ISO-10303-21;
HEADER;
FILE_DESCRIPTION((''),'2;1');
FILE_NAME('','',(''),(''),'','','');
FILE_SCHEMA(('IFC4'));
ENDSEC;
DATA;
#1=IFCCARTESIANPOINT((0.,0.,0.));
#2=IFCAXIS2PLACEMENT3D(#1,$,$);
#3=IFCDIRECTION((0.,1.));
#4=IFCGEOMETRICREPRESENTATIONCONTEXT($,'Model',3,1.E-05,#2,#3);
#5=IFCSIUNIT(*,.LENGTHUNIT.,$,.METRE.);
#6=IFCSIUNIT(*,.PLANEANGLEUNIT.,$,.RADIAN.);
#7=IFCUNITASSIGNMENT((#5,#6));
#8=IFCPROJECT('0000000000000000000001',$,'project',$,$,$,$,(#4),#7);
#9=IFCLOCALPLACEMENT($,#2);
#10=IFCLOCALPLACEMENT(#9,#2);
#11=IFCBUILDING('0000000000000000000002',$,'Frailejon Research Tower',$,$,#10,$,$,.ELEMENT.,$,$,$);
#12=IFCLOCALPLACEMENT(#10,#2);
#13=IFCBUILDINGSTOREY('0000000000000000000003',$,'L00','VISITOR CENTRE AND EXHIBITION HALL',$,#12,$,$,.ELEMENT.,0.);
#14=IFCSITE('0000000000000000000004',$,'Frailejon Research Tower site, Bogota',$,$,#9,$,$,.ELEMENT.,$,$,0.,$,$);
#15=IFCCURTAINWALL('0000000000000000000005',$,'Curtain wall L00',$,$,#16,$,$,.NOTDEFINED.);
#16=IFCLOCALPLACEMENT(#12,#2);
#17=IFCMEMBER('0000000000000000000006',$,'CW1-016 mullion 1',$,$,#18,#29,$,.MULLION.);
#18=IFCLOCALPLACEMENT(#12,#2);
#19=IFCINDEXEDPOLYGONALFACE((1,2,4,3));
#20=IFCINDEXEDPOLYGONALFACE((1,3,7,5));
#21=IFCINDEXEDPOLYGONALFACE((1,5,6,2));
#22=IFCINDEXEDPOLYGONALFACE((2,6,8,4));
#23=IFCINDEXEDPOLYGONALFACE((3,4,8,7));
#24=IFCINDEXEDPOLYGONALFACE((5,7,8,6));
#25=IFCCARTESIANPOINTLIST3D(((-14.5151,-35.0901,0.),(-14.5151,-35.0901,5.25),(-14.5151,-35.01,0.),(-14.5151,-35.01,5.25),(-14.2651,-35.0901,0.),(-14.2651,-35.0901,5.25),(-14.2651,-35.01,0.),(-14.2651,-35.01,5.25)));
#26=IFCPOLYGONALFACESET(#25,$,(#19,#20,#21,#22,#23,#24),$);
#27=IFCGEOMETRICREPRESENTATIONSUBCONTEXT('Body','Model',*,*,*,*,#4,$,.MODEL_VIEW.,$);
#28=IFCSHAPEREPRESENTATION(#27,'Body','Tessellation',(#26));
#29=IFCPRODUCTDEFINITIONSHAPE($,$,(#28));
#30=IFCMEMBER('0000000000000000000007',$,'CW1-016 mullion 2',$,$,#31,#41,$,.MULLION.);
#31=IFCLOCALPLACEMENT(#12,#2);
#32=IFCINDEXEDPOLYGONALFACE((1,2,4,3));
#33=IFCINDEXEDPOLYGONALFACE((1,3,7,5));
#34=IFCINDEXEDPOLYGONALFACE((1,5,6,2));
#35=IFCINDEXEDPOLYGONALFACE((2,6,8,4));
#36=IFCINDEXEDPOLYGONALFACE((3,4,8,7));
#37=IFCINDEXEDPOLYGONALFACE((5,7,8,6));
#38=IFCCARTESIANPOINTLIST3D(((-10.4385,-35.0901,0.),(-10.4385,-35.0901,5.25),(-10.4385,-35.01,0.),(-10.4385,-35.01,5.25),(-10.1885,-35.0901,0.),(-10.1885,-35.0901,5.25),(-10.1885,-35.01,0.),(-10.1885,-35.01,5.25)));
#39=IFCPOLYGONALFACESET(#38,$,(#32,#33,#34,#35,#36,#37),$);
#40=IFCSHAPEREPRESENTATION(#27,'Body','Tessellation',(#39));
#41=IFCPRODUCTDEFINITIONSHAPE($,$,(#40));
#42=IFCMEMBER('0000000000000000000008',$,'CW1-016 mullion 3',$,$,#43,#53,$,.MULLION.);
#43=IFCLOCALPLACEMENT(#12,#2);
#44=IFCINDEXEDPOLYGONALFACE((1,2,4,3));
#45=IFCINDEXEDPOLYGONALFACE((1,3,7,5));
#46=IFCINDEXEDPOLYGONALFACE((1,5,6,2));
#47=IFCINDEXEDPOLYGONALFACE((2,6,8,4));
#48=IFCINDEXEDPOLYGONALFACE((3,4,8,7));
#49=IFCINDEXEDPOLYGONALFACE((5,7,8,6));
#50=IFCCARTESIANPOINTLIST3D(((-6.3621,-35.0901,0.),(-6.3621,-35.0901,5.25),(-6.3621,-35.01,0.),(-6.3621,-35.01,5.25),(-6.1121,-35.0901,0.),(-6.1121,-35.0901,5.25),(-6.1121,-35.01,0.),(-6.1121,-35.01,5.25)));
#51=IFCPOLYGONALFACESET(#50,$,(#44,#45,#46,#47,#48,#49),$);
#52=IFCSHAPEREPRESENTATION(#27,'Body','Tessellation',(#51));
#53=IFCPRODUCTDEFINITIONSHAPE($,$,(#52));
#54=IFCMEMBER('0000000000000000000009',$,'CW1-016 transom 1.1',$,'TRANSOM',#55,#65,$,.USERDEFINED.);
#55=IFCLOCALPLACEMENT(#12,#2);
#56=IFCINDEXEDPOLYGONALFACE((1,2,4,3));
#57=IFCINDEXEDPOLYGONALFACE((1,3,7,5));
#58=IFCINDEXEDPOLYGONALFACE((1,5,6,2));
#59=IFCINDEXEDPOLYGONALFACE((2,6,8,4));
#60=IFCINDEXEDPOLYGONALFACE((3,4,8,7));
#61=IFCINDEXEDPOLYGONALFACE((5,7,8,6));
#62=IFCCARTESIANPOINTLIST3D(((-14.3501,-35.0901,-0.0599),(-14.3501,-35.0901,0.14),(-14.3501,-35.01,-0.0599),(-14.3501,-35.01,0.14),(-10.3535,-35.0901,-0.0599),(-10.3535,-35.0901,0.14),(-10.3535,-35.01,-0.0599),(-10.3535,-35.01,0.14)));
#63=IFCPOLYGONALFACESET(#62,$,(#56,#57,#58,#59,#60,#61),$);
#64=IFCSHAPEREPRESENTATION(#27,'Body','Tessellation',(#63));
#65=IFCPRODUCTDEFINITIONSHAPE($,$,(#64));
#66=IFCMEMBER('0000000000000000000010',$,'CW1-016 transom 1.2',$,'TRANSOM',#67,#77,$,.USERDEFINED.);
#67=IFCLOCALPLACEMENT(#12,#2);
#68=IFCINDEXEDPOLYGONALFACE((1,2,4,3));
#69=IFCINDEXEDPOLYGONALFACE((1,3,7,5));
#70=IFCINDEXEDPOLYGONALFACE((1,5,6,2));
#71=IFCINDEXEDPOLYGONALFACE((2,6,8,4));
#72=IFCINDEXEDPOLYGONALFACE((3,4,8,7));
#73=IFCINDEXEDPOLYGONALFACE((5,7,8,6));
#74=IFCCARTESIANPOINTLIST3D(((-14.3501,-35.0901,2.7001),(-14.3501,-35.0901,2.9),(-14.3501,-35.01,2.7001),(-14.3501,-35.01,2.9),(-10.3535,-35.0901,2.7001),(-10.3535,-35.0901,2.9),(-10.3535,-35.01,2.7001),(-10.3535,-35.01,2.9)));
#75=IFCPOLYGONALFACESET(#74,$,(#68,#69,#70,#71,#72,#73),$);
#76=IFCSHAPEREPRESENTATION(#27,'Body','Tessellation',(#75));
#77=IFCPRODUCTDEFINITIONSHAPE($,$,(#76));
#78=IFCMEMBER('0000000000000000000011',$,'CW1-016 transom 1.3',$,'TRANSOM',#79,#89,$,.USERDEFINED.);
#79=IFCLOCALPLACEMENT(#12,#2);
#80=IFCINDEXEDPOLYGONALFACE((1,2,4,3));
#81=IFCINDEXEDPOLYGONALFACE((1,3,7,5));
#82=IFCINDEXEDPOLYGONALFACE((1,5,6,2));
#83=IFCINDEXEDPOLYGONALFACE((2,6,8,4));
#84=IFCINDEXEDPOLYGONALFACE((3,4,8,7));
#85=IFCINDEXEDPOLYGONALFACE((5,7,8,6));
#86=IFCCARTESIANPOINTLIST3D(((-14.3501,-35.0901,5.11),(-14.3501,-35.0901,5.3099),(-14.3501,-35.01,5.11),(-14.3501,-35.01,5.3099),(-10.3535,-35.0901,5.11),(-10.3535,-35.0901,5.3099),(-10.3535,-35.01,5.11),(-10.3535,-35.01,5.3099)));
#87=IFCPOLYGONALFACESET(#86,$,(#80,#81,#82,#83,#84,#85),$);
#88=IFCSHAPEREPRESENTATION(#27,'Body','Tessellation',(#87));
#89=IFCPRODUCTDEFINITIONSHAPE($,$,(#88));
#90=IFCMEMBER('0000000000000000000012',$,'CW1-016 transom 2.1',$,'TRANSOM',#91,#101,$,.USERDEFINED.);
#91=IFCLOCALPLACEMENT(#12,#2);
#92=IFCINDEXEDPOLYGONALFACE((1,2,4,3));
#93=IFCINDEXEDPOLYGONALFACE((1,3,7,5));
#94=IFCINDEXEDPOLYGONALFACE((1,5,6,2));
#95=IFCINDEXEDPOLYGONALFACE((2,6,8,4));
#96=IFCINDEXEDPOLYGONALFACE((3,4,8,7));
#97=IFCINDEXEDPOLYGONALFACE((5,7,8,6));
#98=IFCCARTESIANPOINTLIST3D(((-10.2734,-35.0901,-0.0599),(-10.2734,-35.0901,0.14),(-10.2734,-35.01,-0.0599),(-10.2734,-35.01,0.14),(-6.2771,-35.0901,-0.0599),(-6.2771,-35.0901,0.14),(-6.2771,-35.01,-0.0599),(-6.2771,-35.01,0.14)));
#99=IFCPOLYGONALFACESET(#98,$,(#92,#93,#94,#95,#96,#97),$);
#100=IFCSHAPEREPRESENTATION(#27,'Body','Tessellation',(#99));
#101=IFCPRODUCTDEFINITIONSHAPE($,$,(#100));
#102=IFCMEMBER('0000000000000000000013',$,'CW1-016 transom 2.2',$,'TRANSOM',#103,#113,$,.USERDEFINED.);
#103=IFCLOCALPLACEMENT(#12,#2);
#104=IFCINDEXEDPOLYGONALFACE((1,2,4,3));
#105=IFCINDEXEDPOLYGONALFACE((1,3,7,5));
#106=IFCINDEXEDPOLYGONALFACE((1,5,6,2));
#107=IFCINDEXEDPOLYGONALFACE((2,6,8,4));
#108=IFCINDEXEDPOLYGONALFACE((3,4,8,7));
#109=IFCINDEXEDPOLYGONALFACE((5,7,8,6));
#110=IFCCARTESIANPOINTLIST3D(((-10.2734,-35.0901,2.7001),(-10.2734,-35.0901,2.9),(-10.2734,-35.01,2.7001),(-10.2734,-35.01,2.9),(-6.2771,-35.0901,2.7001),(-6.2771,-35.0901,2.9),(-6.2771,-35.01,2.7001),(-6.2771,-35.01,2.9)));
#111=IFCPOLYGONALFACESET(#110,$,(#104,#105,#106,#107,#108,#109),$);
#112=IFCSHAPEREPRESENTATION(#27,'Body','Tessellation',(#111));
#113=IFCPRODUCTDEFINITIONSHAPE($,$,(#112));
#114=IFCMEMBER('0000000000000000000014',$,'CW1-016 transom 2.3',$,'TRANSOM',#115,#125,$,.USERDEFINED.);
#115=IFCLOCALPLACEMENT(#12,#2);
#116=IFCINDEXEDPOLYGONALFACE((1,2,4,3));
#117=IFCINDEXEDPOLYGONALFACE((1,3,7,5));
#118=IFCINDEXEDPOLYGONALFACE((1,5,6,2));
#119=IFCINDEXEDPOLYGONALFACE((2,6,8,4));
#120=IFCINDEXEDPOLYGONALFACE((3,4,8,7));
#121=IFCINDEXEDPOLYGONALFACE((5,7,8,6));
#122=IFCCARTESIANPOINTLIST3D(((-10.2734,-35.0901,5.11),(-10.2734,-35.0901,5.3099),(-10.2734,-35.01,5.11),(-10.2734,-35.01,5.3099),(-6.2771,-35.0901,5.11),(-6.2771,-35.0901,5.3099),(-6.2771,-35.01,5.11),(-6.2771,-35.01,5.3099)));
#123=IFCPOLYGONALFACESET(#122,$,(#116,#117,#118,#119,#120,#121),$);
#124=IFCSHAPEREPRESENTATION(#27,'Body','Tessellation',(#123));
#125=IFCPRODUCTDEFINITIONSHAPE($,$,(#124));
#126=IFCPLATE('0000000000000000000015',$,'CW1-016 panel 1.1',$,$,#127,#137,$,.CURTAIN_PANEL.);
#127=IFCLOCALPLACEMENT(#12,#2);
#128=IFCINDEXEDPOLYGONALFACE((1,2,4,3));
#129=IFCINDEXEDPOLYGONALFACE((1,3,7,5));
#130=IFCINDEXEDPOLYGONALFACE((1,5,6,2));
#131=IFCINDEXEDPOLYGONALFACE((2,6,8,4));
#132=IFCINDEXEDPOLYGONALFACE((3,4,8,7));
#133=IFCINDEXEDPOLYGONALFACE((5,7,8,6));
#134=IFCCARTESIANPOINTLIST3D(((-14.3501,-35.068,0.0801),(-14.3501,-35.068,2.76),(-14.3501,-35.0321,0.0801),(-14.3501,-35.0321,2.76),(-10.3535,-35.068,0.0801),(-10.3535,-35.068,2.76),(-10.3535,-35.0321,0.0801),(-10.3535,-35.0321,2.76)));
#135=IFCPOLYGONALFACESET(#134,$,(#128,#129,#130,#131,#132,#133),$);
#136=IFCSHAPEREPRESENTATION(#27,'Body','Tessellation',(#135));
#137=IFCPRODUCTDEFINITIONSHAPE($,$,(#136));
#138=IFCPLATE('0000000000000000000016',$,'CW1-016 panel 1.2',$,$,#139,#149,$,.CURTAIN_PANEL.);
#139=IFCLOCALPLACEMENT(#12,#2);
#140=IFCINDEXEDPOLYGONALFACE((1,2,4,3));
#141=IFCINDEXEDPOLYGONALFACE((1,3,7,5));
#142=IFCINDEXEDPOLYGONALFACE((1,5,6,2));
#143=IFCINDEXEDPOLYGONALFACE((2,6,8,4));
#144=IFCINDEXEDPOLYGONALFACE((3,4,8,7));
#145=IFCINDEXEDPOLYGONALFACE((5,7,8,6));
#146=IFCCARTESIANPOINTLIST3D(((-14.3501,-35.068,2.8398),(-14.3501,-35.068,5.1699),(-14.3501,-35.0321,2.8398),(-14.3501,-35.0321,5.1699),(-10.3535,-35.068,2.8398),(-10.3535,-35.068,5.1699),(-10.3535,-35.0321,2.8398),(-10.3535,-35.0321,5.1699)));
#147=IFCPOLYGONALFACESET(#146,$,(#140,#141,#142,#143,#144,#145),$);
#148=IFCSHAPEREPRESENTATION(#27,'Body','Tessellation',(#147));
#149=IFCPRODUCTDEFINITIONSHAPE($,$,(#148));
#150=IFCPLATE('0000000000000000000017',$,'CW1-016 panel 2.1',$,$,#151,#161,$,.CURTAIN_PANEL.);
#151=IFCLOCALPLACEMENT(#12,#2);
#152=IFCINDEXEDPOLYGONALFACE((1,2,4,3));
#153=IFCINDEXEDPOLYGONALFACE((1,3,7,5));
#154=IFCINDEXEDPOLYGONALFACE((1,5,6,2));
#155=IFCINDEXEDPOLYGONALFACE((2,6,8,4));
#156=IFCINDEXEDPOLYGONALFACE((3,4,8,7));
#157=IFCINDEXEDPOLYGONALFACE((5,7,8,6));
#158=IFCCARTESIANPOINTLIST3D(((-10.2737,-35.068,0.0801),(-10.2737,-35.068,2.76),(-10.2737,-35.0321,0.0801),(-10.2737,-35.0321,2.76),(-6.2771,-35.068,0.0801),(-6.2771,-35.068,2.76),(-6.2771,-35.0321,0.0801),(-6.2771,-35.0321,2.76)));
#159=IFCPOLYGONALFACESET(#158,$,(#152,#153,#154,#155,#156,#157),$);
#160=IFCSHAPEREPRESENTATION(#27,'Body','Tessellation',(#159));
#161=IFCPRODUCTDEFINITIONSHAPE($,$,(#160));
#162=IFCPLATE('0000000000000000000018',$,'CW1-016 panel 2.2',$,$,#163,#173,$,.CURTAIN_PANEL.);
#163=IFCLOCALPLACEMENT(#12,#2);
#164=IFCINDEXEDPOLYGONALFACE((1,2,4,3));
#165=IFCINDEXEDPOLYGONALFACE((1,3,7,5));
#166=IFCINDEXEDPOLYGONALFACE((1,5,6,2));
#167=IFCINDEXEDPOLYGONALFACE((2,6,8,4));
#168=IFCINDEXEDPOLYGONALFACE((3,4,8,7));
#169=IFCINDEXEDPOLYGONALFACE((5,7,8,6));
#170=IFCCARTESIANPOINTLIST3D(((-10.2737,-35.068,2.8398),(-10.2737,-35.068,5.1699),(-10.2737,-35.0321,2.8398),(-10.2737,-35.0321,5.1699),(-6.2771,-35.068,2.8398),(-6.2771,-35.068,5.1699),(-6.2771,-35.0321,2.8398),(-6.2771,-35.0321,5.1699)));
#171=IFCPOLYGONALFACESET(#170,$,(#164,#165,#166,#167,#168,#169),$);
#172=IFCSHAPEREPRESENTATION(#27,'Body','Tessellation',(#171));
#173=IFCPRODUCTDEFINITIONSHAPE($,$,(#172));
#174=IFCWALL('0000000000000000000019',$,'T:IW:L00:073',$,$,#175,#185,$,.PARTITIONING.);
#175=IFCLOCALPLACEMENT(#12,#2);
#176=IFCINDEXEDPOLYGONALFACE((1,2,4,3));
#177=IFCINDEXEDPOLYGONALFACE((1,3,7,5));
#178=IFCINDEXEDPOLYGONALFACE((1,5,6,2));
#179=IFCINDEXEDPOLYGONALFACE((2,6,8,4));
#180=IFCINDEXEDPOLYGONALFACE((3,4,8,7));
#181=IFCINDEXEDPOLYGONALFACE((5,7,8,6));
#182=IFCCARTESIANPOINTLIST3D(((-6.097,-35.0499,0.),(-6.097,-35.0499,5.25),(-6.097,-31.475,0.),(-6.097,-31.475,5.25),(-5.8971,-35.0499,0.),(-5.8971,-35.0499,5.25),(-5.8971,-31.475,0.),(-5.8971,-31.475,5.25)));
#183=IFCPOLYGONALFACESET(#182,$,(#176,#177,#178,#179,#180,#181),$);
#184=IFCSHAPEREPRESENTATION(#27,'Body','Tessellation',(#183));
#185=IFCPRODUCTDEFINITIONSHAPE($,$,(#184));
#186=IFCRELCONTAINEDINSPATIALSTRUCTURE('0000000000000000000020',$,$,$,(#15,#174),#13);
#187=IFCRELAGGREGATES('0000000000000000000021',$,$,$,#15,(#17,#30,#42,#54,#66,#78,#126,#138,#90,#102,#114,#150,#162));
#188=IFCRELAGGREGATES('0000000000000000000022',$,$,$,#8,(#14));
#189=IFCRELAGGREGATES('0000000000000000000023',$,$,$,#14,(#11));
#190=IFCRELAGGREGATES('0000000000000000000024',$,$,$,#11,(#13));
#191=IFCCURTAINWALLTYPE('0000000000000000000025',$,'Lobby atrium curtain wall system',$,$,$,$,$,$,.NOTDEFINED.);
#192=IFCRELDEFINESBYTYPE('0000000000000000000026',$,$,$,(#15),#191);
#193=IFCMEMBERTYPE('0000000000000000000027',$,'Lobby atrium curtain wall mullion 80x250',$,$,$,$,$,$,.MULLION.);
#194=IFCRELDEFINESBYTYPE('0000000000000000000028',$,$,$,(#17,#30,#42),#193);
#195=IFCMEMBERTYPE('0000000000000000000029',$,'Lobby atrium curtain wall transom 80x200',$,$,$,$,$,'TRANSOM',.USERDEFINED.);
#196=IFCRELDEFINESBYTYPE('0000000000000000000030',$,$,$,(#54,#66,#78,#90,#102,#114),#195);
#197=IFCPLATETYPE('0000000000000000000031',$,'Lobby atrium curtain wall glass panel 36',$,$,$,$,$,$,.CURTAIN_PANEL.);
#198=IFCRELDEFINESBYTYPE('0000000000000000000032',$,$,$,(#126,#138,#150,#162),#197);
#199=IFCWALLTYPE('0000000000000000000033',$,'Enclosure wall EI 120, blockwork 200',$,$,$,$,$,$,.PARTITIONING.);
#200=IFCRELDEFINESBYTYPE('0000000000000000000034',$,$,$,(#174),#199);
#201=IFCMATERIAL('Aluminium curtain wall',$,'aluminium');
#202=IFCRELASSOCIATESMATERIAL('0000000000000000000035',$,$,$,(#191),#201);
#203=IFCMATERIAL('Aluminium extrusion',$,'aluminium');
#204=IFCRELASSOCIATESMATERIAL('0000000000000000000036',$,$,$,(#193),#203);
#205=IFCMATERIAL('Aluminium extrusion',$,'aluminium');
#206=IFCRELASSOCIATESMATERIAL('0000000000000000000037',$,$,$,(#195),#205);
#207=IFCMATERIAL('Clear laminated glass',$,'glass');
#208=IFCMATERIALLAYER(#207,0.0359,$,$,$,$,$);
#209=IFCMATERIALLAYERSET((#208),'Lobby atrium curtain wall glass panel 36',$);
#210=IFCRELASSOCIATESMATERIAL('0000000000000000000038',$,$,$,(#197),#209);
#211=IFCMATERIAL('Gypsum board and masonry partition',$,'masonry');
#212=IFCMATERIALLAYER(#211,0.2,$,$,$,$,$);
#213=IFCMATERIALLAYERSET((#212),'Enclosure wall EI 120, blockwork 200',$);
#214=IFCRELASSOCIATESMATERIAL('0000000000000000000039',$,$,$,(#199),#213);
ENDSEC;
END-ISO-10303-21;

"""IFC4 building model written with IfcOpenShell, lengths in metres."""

from ifc_helpers import new_model, si_unit, direction, frame, frame_2d, origin, origin_2d, place, context, subcontext, project, spatial, rectangle, extrude, material, layer, layer_set, material_profile, profile_set, type_object, element, aggregate, save


model = new_model("IFC4")

# Units and contexts
model_context = context("Model", 3, precision=1e-05, world=origin(), true_north=direction((0.0, 1.0)))
body_context = subcontext(model_context, "Body", "Model", "MODEL_VIEW")
ifc_project = project(units=[si_unit("LENGTHUNIT", "METRE"), si_unit("PLANEANGLEUNIT", "RADIAN")], contexts=[model_context])

# Site, building, storey
site_placement = place(None, origin())
site = spatial("IfcSite", under=ifc_project, at=site_placement, Name="Frailejon Research Tower site, Bogota", CompositionType="ELEMENT", RefElevation=0.0)
building_placement = place(site_placement, origin())
building = spatial("IfcBuilding", under=site, at=building_placement, Name="Frailejon Research Tower", CompositionType="ELEMENT")
storey_placement = place(building_placement, origin())
storey = spatial("IfcBuildingStorey", under=building, at=storey_placement, Name="L00", Description="VISITOR CENTRE AND EXHIBITION HALL", CompositionType="ELEMENT", Elevation=0.0)

# Curtain wall, members, plates
ifc_material_1 = material(Name="Aluminium curtain wall", Category="aluminium")
curtain_wall_type = type_object("IfcCurtainWallType", Name="Lobby atrium curtain wall system", PredefinedType="NOTDEFINED", material=ifc_material_1)
curtain_wall_placement = place(storey_placement, origin())
curtain_wall = element("IfcCurtainWall", 1, at=curtain_wall_placement, inside=storey, type_object=curtain_wall_type, Name="Curtain wall L00", PredefinedType="NOTDEFINED")
ifc_material_2 = material(Name="Aluminium extrusion", Category="aluminium")
ifc_material_profile_1 = material_profile(ifc_material_2, rectangle(XDim=0.0801, YDim=0.25, at=origin_2d()), Name="Lobby atrium curtain wall mullion 80x250")
ifc_profile_set_1 = profile_set([ifc_material_profile_1], Name="Aluminium extrusion")
member_type_1 = type_object("IfcMemberType", Name="Lobby atrium curtain wall mullion 80x250", PredefinedType="MULLION", material=ifc_profile_set_1)
member_1_placement = place(storey_placement, frame((-14.3901, -35.05, 0.0), z_axis=(0.0, 0.0, 1.0), x_axis=(0.0, 1.0, 0.0)))
member_1 = element("IfcMember", 2, at=member_1_placement, type_object=member_type_1, Name="CW1-016 mullion 1", PredefinedType="MULLION", context=body_context, shape_type="SweptSolid", body=[
    extrude(rectangle(XDim=0.0801, YDim=0.25, at=origin_2d()), origin(), (0.0, 0.0, 1.0), 5.25),
])
member_2_placement = place(storey_placement, frame((-10.3135, -35.05, 0.0), z_axis=(0.0, 0.0, 1.0), x_axis=(0.0, 1.0, 0.0)))
member_2 = element("IfcMember", 3, at=member_2_placement, type_object=member_type_1, Name="CW1-016 mullion 2", PredefinedType="MULLION", context=body_context, shape_type="SweptSolid", body=[
    extrude(rectangle(XDim=0.0801, YDim=0.25, at=origin_2d()), origin(), (0.0, 0.0, 1.0), 5.25),
])
member_3_placement = place(storey_placement, frame((-6.2371, -35.05, 0.0), z_axis=(0.0, 0.0, 1.0), x_axis=(0.0, 1.0, 0.0)))
member_3 = element("IfcMember", 4, at=member_3_placement, type_object=member_type_1, Name="CW1-016 mullion 3", PredefinedType="MULLION", context=body_context, shape_type="SweptSolid", body=[
    extrude(rectangle(XDim=0.0801, YDim=0.25, at=origin_2d()), origin(), (0.0, 0.0, 1.0), 5.25),
])
ifc_material_3 = material(Name="Aluminium extrusion", Category="aluminium")
ifc_material_profile_2 = material_profile(ifc_material_3, rectangle(XDim=0.0801, YDim=0.2, at=origin_2d()), Name="Lobby atrium curtain wall transom 80x200")
ifc_profile_set_2 = profile_set([ifc_material_profile_2], Name="Aluminium extrusion")
member_type_2 = type_object("IfcMemberType", Name="Lobby atrium curtain wall transom 80x200", ElementType="TRANSOM", PredefinedType="USERDEFINED", material=ifc_profile_set_2)
member_4_placement = place(storey_placement, frame((-14.3501, -35.05, 0.04), z_axis=(1.0, 0.0, 0.0), x_axis=(0.0, 1.0, 0.0)))
member_4 = element("IfcMember", 5, at=member_4_placement, type_object=member_type_2, Name="CW1-016 transom 1.1", ObjectType="TRANSOM", PredefinedType="USERDEFINED", context=body_context, shape_type="SweptSolid", body=[
    extrude(rectangle(XDim=0.0801, YDim=0.2, at=origin_2d()), origin(), (0.0, 0.0, 1.0), 3.9966),
])
member_5_placement = place(storey_placement, frame((-14.3501, -35.05, 2.8), z_axis=(1.0, 0.0, 0.0), x_axis=(0.0, 1.0, 0.0)))
member_5 = element("IfcMember", 6, at=member_5_placement, type_object=member_type_2, Name="CW1-016 transom 1.2", ObjectType="TRANSOM", PredefinedType="USERDEFINED", context=body_context, shape_type="SweptSolid", body=[
    extrude(rectangle(XDim=0.0801, YDim=0.2, at=origin_2d()), origin(), (0.0, 0.0, 1.0), 3.9966),
])
member_6_placement = place(storey_placement, frame((-14.3501, -35.05, 5.21), z_axis=(1.0, 0.0, 0.0), x_axis=(0.0, 1.0, 0.0)))
member_6 = element("IfcMember", 7, at=member_6_placement, type_object=member_type_2, Name="CW1-016 transom 1.3", ObjectType="TRANSOM", PredefinedType="USERDEFINED", context=body_context, shape_type="SweptSolid", body=[
    extrude(rectangle(XDim=0.0801, YDim=0.2, at=origin_2d()), origin(), (0.0, 0.0, 1.0), 3.9966),
])
member_7_placement = place(storey_placement, frame((-10.2734, -35.05, 0.04), z_axis=(1.0, 0.0, 0.0), x_axis=(0.0, 1.0, 0.0)))
member_7 = element("IfcMember", 8, at=member_7_placement, type_object=member_type_2, Name="CW1-016 transom 2.1", ObjectType="TRANSOM", PredefinedType="USERDEFINED", context=body_context, shape_type="SweptSolid", body=[
    extrude(rectangle(XDim=0.0801, YDim=0.2, at=origin_2d()), origin(), (0.0, 0.0, 1.0), 3.9963),
])
member_8_placement = place(storey_placement, frame((-10.2734, -35.05, 2.8), z_axis=(1.0, 0.0, 0.0), x_axis=(0.0, 1.0, 0.0)))
member_8 = element("IfcMember", 9, at=member_8_placement, type_object=member_type_2, Name="CW1-016 transom 2.2", ObjectType="TRANSOM", PredefinedType="USERDEFINED", context=body_context, shape_type="SweptSolid", body=[
    extrude(rectangle(XDim=0.0801, YDim=0.2, at=origin_2d()), origin(), (0.0, 0.0, 1.0), 3.9963),
])
member_9_placement = place(storey_placement, frame((-10.2734, -35.05, 5.21), z_axis=(1.0, 0.0, 0.0), x_axis=(0.0, 1.0, 0.0)))
member_9 = element("IfcMember", 10, at=member_9_placement, type_object=member_type_2, Name="CW1-016 transom 2.3", ObjectType="TRANSOM", PredefinedType="USERDEFINED", context=body_context, shape_type="SweptSolid", body=[
    extrude(rectangle(XDim=0.0801, YDim=0.2, at=origin_2d()), origin(), (0.0, 0.0, 1.0), 3.9963),
])
ifc_material_4 = material(Name="Clear laminated glass", Category="glass")
ifc_layer_1 = layer(ifc_material_4, 0.0359)
ifc_layer_set_1 = layer_set([ifc_layer_1], Name="Lobby atrium curtain wall glass panel 36")
plate_type = type_object("IfcPlateType", Name="Lobby atrium curtain wall glass panel 36", PredefinedType="CURTAIN_PANEL", material=ifc_layer_set_1)
plate_1_placement = place(storey_placement, frame((-12.3518, -35.05, 0.0801), z_axis=(0.0, 0.0, 1.0), x_axis=(1.0, 0.0, 0.0)))
plate_1 = element("IfcPlate", 11, at=plate_1_placement, type_object=plate_type, Name="CW1-016 panel 1.1", PredefinedType="CURTAIN_PANEL", context=body_context, shape_type="SweptSolid", body=[
    extrude(rectangle(XDim=3.9966, YDim=0.0359, at=origin_2d()), origin(), (0.0, 0.0, 1.0), 2.6799),
])
plate_2_placement = place(storey_placement, frame((-12.3518, -35.05, 2.8398), z_axis=(0.0, 0.0, 1.0), x_axis=(1.0, 0.0, 0.0)))
plate_2 = element("IfcPlate", 12, at=plate_2_placement, type_object=plate_type, Name="CW1-016 panel 1.2", PredefinedType="CURTAIN_PANEL", context=body_context, shape_type="SweptSolid", body=[
    extrude(rectangle(XDim=3.9966, YDim=0.0359, at=origin_2d()), origin(), (0.0, 0.0, 1.0), 2.3301),
])
plate_3_placement = place(storey_placement, frame((-8.2754, -35.05, 0.0801), z_axis=(0.0, 0.0, 1.0), x_axis=(1.0, 0.0, 0.0)))
plate_3 = element("IfcPlate", 13, at=plate_3_placement, type_object=plate_type, Name="CW1-016 panel 2.1", PredefinedType="CURTAIN_PANEL", context=body_context, shape_type="SweptSolid", body=[
    extrude(rectangle(XDim=3.9966, YDim=0.0359, at=origin_2d()), origin(), (0.0, 0.0, 1.0), 2.6799),
])
plate_4_placement = place(storey_placement, frame((-8.2754, -35.05, 2.8398), z_axis=(0.0, 0.0, 1.0), x_axis=(1.0, 0.0, 0.0)))
plate_4 = element("IfcPlate", 14, at=plate_4_placement, type_object=plate_type, Name="CW1-016 panel 2.2", PredefinedType="CURTAIN_PANEL", context=body_context, shape_type="SweptSolid", body=[
    extrude(rectangle(XDim=3.9966, YDim=0.0359, at=origin_2d()), origin(), (0.0, 0.0, 1.0), 2.3301),
])
aggregate(curtain_wall, [member_1, member_2, member_3, member_4, member_5, member_6, plate_1, plate_2, member_7, member_8, member_9, plate_3, plate_4])

# Wall
ifc_material_5 = material(Name="Gypsum board and masonry partition", Category="masonry")
ifc_layer_2 = layer(ifc_material_5, 0.2)
ifc_layer_set_2 = layer_set([ifc_layer_2], Name="Enclosure wall EI 120, blockwork 200")
wall_type_1 = type_object("IfcWallType", Name="Enclosure wall EI 120, blockwork 200", PredefinedType="PARTITIONING", material=ifc_layer_set_2)
wall_1_placement = place(storey_placement, frame((-5.9971, -35.05, 0.0), z_axis=(0.0, 0.0, 1.0), x_axis=(0.0, 1.0, 0.0)))
element("IfcWall", 15, at=wall_1_placement, inside=storey, type_object=wall_type_1, Name="T:IW:L00:073", PredefinedType="PARTITIONING", context=body_context, shape_type="SweptSolid", body=[
    extrude(rectangle(XDim=3.575, YDim=0.2, at=frame_2d((1.7876, 0.0))), origin(), (0.0, 0.0, 1.0), 5.25),
])

save(model, "model.ifc")
